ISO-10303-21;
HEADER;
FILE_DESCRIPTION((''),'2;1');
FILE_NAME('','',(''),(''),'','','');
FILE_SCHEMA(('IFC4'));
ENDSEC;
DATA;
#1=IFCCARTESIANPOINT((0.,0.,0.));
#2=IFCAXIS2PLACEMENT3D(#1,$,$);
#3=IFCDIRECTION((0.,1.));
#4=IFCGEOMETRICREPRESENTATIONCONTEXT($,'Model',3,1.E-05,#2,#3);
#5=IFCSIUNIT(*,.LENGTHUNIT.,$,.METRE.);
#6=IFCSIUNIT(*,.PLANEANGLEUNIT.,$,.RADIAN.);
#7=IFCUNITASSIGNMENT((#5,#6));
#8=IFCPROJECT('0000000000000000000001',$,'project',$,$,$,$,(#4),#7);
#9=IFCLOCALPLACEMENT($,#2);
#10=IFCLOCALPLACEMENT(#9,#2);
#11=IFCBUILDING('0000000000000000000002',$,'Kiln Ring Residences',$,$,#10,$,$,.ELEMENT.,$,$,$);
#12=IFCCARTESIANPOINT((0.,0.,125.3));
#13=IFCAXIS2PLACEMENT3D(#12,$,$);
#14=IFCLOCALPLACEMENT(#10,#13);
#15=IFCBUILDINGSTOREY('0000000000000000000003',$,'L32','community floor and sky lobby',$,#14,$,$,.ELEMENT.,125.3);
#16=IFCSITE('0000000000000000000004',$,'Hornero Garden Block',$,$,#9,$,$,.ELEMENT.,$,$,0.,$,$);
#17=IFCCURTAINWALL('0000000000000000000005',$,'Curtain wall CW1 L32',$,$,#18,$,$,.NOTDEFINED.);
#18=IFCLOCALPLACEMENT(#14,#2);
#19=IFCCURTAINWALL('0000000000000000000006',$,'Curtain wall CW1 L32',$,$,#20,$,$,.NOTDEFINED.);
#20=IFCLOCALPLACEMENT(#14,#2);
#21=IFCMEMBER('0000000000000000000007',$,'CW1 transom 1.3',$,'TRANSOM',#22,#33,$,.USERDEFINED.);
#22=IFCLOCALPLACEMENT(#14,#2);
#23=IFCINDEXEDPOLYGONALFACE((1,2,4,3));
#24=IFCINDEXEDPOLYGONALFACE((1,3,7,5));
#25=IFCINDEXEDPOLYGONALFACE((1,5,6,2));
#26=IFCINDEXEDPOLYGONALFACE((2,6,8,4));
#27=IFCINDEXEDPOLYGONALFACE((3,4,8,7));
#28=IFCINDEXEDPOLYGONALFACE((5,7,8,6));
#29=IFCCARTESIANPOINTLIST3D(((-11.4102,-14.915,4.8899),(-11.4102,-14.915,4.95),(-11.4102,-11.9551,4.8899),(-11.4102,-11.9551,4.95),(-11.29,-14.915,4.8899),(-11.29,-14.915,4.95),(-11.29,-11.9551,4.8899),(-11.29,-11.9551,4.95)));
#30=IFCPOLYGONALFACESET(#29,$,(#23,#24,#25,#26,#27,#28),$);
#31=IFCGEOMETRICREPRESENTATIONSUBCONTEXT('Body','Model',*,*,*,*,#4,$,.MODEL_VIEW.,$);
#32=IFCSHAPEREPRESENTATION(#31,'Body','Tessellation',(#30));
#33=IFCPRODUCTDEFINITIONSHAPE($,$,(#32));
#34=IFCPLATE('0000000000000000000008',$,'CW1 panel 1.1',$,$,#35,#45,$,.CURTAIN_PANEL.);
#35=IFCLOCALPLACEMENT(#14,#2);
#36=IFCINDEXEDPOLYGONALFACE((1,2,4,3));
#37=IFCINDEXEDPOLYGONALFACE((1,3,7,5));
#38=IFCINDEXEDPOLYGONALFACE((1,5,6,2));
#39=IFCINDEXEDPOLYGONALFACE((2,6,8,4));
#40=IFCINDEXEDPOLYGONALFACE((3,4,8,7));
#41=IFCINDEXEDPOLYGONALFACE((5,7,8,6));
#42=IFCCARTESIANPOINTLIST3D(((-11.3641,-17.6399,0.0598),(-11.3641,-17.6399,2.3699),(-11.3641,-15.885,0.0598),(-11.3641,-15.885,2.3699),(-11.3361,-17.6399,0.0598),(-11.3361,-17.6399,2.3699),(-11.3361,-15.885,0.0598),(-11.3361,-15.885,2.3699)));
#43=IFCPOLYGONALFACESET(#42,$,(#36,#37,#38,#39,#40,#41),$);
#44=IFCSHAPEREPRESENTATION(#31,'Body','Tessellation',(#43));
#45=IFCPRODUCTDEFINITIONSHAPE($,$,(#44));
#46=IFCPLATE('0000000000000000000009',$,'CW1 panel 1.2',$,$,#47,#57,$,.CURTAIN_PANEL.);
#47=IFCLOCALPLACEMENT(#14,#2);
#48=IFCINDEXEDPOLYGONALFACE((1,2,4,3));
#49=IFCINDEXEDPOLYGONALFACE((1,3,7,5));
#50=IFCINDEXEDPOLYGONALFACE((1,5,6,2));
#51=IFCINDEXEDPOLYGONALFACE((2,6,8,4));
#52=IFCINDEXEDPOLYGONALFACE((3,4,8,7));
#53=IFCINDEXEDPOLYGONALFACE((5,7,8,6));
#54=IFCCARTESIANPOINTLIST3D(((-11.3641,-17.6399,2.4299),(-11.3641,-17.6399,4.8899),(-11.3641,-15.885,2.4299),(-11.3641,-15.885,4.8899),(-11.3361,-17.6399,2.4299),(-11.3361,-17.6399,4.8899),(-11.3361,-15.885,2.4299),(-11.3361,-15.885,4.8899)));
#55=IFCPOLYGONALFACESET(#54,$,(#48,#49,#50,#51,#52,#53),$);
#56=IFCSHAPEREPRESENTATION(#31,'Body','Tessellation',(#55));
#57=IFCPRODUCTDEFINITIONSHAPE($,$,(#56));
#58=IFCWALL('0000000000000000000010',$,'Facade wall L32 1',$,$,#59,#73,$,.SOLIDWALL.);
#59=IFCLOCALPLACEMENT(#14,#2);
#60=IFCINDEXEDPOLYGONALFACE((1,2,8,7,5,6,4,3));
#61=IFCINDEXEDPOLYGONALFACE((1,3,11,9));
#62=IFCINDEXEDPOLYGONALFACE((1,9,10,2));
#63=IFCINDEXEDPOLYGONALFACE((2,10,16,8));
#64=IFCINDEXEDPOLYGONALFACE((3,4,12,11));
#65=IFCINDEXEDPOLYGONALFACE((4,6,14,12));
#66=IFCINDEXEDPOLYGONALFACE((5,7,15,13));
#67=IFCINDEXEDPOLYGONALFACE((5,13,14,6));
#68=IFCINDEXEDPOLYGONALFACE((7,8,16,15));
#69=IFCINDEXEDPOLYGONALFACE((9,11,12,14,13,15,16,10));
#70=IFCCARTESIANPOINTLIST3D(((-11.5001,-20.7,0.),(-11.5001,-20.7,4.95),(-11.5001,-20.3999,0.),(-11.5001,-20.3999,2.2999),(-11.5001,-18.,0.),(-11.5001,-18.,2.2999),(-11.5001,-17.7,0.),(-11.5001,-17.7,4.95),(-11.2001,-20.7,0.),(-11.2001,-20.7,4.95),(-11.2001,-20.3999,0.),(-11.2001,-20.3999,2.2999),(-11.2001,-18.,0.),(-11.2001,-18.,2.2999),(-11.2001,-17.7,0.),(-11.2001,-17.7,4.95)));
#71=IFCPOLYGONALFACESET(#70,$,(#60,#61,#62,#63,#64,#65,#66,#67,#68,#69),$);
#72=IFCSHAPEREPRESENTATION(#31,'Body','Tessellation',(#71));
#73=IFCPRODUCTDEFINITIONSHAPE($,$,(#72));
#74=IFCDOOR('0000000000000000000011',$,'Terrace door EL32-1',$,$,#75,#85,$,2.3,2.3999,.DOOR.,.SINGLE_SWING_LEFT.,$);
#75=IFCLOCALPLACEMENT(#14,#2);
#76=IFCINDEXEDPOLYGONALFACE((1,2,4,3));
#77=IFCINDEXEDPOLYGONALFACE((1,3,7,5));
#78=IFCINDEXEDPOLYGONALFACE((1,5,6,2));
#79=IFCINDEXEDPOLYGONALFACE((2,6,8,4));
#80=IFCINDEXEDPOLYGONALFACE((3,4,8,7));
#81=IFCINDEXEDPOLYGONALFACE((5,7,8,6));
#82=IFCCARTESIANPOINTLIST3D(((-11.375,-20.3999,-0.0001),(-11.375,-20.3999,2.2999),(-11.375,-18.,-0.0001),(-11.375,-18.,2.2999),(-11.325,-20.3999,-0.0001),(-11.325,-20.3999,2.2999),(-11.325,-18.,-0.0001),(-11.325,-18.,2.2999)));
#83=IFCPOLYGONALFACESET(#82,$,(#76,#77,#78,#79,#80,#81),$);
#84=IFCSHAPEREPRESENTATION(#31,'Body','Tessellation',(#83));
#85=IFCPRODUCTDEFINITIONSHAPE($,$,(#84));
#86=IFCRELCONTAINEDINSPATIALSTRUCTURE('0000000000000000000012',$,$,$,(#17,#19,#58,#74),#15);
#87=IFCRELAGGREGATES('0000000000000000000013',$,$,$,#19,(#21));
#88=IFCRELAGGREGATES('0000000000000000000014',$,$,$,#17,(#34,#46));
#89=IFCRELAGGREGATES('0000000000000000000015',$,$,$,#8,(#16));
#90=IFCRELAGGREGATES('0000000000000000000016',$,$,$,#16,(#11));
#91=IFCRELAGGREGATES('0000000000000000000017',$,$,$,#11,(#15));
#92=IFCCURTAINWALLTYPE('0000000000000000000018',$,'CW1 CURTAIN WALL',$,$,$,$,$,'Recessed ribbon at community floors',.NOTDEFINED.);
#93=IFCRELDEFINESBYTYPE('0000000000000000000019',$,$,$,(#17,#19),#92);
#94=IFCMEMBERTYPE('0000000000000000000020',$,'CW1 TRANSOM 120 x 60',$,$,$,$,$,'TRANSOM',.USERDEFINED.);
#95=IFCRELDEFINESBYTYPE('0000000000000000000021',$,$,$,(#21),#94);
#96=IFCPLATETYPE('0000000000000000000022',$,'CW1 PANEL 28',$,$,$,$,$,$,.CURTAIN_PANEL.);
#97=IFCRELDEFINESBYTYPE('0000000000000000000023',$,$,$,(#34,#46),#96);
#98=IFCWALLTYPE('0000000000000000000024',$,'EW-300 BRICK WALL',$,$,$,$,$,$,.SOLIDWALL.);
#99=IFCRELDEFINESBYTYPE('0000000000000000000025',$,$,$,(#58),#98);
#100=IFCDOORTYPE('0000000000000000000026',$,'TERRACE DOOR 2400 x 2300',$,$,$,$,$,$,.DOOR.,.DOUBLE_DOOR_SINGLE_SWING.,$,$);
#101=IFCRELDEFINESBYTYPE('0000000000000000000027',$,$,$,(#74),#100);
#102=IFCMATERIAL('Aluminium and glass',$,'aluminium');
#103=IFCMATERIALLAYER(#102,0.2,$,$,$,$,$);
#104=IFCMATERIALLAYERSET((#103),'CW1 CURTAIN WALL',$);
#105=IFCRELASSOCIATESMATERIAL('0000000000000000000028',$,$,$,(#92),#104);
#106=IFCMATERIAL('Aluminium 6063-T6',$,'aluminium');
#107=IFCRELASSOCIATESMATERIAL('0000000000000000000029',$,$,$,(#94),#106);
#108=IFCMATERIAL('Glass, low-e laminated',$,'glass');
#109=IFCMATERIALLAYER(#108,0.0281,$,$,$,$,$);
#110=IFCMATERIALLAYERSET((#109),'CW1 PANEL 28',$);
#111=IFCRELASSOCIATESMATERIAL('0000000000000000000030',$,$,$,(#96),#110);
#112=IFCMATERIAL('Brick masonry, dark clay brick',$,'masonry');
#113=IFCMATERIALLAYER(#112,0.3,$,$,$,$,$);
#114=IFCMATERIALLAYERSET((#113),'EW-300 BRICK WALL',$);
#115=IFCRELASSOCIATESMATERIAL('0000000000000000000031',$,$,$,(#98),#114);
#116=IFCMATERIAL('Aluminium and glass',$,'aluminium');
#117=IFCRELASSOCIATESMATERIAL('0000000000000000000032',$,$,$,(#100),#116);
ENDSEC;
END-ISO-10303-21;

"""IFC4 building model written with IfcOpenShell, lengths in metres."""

from ifc_helpers import new_model, si_unit, direction, frame, frame_2d, origin, origin_2d, place, context, subcontext, project, spatial, rectangle, extrude, material, layer, layer_set, material_profile, profile_set, type_object, element, fill, aggregate, save


model = new_model("IFC4")

# Units and contexts
model_context = context("Model", 3, precision=1e-05, world=origin(), true_north=direction((0.0, 1.0)))
body_context = subcontext(model_context, "Body", "Model", "MODEL_VIEW")
ifc_project = project(units=[si_unit("LENGTHUNIT", "METRE"), si_unit("PLANEANGLEUNIT", "RADIAN")], contexts=[model_context])

# Site, building, storey
site_placement = place(None, origin())
site = spatial("IfcSite", under=ifc_project, at=site_placement, Name="Hornero Garden Block", CompositionType="ELEMENT", RefElevation=0.0)
building_placement = place(site_placement, origin())
building = spatial("IfcBuilding", under=site, at=building_placement, Name="Kiln Ring Residences", CompositionType="ELEMENT")
storey_placement = place(building_placement, frame((0.0, 0.0, 125.3)))
storey = spatial("IfcBuildingStorey", under=building, at=storey_placement, Name="L32", Description="community floor and sky lobby", CompositionType="ELEMENT", Elevation=125.3)

# Shared definitions
ifc_material_1 = material(Name="Aluminium and glass", Category="aluminium")
ifc_layer_1 = layer(ifc_material_1, 0.2)
ifc_layer_set_1 = layer_set([ifc_layer_1], Name="CW1 CURTAIN WALL")
curtain_wall_type = type_object("IfcCurtainWallType", Name="CW1 CURTAIN WALL", ElementType="Recessed ribbon at community floors", PredefinedType="NOTDEFINED", material=ifc_layer_set_1)
placement = place(storey_placement, origin())

# Curtain wall
curtain_wall_1 = element("IfcCurtainWall", 1, at=placement, inside=storey, type_object=curtain_wall_type, Name="Curtain wall CW1 L32", PredefinedType="NOTDEFINED")

# Curtain wall
curtain_wall_2 = element("IfcCurtainWall", 2, at=placement, inside=storey, type_object=curtain_wall_type, Name="Curtain wall CW1 L32", PredefinedType="NOTDEFINED")

# Member
ifc_material_2 = material(Name="Aluminium 6063-T6", Category="aluminium")
ifc_material_profile_1 = material_profile(ifc_material_2, rectangle(XDim=0.1201, YDim=0.0601, at=origin_2d()), Name="AL 120x60")
ifc_profile_set_1 = profile_set([ifc_material_profile_1], Name="Aluminium 6063-T6")
member_type_1 = type_object("IfcMemberType", Name="CW1 TRANSOM 120 x 60", ElementType="TRANSOM", PredefinedType="USERDEFINED", material=ifc_profile_set_1)
member_1_placement = place(storey_placement, frame((-11.3501, -14.915, 4.9199), z_axis=(0.0, 1.0, 0.0), x_axis=(-1.0, 0.0, 0.0)))
member_1 = element("IfcMember", 3, at=member_1_placement, type_object=member_type_1, Name="CW1 transom 1.3", ObjectType="TRANSOM", PredefinedType="USERDEFINED", context=body_context, shape_type="SweptSolid", body=[
    extrude(rectangle(XDim=0.1201, YDim=0.0601, at=origin_2d()), origin(), (0.0, 0.0, 1.0), 2.96),
])
aggregate(curtain_wall_2, [member_1])

# Plates
ifc_material_3 = material(Name="Glass, low-e laminated", Category="glass")
ifc_layer_2 = layer(ifc_material_3, 0.0281)
ifc_layer_set_2 = layer_set([ifc_layer_2], Name="CW1 PANEL 28")
plate_type = type_object("IfcPlateType", Name="CW1 PANEL 28", PredefinedType="CURTAIN_PANEL", material=ifc_layer_set_2)
plate_1_placement = place(storey_placement, frame((-11.3501, -16.7625, 0.0598), z_axis=(0.0, 0.0, 1.0), x_axis=(0.0, 1.0, 0.0)))
plate_1 = element("IfcPlate", 4, at=plate_1_placement, type_object=plate_type, Name="CW1 panel 1.1", PredefinedType="CURTAIN_PANEL", context=body_context, shape_type="SweptSolid", body=[
    extrude(rectangle(XDim=1.7549, YDim=0.0281, at=origin_2d()), origin(), (0.0, 0.0, 1.0), 2.3101),
])
plate_2_placement = place(storey_placement, frame((-11.3501, -16.7625, 2.4299), z_axis=(0.0, 0.0, 1.0), x_axis=(0.0, 1.0, 0.0)))
plate_2 = element("IfcPlate", 5, at=plate_2_placement, type_object=plate_type, Name="CW1 panel 1.2", PredefinedType="CURTAIN_PANEL", context=body_context, shape_type="SweptSolid", body=[
    extrude(rectangle(XDim=1.7549, YDim=0.0281, at=origin_2d()), origin(), (0.0, 0.0, 1.0), 2.46),
])
aggregate(curtain_wall_1, [plate_1, plate_2])

# Wall, opening, door
ifc_material_4 = material(Name="Brick masonry, dark clay brick", Category="masonry")
ifc_layer_3 = layer(ifc_material_4, 0.3)
ifc_layer_set_3 = layer_set([ifc_layer_3], Name="EW-300 BRICK WALL")
wall_type = type_object("IfcWallType", Name="EW-300 BRICK WALL", PredefinedType="SOLIDWALL", material=ifc_layer_set_3)
wall_placement = place(storey_placement, frame((-11.3501, -20.7, 0.0), z_axis=(0.0, 0.0, 1.0), x_axis=(0.0, 1.0, 0.0)))
wall = element("IfcWall", 6, at=wall_placement, inside=storey, type_object=wall_type, Name="Facade wall L32 1", PredefinedType="SOLIDWALL", context=body_context, shape_type="SweptSolid", body=[
    extrude(rectangle(XDim=3.0, YDim=0.3, at=frame_2d((1.5, 0.0))), origin(), (0.0, 0.0, 1.0), 4.95),
])
opening_placement = place(wall_placement, frame((0.3, 0.0, 0.0)))
opening = element("IfcOpeningElement", 7, at=opening_placement, cuts=wall, PredefinedType="OPENING", context=body_context, shape_type="SweptSolid", body=[
    extrude(rectangle(XDim=2.3999, YDim=2.3, at=frame_2d((1.2, 1.1499))), frame((0.0, 0.1599, 0.0), z_axis=(0.0, -1.0, 0.0), x_axis=(1.0, 0.0, 0.0)), (0.0, 0.0, 1.0), 0.3201),
])
ifc_material_5 = material(Name="Aluminium and glass", Category="aluminium")
door_type = type_object("IfcDoorType", Name="TERRACE DOOR 2400 x 2300", OperationType="DOUBLE_DOOR_SINGLE_SWING", PredefinedType="DOOR", material=ifc_material_5)
door_placement = place(opening_placement, origin())
door = element("IfcDoor", 8, at=door_placement, inside=storey, type_object=door_type, Name="Terrace door EL32-1", OperationType="SINGLE_SWING_LEFT", OverallHeight=2.3, OverallWidth=2.3999, PredefinedType="DOOR", context=body_context, shape_type="SweptSolid", body=[
    extrude(rectangle(XDim=2.3999, YDim=2.3, at=frame_2d((1.2, 1.1499))), frame((0.0, 0.0249, 0.0), z_axis=(0.0, -1.0, 0.0), x_axis=(1.0, 0.0, 0.0)), (0.0, 0.0, 1.0), 0.05),
])
fill(opening, door)

save(model, "model.ifc")
